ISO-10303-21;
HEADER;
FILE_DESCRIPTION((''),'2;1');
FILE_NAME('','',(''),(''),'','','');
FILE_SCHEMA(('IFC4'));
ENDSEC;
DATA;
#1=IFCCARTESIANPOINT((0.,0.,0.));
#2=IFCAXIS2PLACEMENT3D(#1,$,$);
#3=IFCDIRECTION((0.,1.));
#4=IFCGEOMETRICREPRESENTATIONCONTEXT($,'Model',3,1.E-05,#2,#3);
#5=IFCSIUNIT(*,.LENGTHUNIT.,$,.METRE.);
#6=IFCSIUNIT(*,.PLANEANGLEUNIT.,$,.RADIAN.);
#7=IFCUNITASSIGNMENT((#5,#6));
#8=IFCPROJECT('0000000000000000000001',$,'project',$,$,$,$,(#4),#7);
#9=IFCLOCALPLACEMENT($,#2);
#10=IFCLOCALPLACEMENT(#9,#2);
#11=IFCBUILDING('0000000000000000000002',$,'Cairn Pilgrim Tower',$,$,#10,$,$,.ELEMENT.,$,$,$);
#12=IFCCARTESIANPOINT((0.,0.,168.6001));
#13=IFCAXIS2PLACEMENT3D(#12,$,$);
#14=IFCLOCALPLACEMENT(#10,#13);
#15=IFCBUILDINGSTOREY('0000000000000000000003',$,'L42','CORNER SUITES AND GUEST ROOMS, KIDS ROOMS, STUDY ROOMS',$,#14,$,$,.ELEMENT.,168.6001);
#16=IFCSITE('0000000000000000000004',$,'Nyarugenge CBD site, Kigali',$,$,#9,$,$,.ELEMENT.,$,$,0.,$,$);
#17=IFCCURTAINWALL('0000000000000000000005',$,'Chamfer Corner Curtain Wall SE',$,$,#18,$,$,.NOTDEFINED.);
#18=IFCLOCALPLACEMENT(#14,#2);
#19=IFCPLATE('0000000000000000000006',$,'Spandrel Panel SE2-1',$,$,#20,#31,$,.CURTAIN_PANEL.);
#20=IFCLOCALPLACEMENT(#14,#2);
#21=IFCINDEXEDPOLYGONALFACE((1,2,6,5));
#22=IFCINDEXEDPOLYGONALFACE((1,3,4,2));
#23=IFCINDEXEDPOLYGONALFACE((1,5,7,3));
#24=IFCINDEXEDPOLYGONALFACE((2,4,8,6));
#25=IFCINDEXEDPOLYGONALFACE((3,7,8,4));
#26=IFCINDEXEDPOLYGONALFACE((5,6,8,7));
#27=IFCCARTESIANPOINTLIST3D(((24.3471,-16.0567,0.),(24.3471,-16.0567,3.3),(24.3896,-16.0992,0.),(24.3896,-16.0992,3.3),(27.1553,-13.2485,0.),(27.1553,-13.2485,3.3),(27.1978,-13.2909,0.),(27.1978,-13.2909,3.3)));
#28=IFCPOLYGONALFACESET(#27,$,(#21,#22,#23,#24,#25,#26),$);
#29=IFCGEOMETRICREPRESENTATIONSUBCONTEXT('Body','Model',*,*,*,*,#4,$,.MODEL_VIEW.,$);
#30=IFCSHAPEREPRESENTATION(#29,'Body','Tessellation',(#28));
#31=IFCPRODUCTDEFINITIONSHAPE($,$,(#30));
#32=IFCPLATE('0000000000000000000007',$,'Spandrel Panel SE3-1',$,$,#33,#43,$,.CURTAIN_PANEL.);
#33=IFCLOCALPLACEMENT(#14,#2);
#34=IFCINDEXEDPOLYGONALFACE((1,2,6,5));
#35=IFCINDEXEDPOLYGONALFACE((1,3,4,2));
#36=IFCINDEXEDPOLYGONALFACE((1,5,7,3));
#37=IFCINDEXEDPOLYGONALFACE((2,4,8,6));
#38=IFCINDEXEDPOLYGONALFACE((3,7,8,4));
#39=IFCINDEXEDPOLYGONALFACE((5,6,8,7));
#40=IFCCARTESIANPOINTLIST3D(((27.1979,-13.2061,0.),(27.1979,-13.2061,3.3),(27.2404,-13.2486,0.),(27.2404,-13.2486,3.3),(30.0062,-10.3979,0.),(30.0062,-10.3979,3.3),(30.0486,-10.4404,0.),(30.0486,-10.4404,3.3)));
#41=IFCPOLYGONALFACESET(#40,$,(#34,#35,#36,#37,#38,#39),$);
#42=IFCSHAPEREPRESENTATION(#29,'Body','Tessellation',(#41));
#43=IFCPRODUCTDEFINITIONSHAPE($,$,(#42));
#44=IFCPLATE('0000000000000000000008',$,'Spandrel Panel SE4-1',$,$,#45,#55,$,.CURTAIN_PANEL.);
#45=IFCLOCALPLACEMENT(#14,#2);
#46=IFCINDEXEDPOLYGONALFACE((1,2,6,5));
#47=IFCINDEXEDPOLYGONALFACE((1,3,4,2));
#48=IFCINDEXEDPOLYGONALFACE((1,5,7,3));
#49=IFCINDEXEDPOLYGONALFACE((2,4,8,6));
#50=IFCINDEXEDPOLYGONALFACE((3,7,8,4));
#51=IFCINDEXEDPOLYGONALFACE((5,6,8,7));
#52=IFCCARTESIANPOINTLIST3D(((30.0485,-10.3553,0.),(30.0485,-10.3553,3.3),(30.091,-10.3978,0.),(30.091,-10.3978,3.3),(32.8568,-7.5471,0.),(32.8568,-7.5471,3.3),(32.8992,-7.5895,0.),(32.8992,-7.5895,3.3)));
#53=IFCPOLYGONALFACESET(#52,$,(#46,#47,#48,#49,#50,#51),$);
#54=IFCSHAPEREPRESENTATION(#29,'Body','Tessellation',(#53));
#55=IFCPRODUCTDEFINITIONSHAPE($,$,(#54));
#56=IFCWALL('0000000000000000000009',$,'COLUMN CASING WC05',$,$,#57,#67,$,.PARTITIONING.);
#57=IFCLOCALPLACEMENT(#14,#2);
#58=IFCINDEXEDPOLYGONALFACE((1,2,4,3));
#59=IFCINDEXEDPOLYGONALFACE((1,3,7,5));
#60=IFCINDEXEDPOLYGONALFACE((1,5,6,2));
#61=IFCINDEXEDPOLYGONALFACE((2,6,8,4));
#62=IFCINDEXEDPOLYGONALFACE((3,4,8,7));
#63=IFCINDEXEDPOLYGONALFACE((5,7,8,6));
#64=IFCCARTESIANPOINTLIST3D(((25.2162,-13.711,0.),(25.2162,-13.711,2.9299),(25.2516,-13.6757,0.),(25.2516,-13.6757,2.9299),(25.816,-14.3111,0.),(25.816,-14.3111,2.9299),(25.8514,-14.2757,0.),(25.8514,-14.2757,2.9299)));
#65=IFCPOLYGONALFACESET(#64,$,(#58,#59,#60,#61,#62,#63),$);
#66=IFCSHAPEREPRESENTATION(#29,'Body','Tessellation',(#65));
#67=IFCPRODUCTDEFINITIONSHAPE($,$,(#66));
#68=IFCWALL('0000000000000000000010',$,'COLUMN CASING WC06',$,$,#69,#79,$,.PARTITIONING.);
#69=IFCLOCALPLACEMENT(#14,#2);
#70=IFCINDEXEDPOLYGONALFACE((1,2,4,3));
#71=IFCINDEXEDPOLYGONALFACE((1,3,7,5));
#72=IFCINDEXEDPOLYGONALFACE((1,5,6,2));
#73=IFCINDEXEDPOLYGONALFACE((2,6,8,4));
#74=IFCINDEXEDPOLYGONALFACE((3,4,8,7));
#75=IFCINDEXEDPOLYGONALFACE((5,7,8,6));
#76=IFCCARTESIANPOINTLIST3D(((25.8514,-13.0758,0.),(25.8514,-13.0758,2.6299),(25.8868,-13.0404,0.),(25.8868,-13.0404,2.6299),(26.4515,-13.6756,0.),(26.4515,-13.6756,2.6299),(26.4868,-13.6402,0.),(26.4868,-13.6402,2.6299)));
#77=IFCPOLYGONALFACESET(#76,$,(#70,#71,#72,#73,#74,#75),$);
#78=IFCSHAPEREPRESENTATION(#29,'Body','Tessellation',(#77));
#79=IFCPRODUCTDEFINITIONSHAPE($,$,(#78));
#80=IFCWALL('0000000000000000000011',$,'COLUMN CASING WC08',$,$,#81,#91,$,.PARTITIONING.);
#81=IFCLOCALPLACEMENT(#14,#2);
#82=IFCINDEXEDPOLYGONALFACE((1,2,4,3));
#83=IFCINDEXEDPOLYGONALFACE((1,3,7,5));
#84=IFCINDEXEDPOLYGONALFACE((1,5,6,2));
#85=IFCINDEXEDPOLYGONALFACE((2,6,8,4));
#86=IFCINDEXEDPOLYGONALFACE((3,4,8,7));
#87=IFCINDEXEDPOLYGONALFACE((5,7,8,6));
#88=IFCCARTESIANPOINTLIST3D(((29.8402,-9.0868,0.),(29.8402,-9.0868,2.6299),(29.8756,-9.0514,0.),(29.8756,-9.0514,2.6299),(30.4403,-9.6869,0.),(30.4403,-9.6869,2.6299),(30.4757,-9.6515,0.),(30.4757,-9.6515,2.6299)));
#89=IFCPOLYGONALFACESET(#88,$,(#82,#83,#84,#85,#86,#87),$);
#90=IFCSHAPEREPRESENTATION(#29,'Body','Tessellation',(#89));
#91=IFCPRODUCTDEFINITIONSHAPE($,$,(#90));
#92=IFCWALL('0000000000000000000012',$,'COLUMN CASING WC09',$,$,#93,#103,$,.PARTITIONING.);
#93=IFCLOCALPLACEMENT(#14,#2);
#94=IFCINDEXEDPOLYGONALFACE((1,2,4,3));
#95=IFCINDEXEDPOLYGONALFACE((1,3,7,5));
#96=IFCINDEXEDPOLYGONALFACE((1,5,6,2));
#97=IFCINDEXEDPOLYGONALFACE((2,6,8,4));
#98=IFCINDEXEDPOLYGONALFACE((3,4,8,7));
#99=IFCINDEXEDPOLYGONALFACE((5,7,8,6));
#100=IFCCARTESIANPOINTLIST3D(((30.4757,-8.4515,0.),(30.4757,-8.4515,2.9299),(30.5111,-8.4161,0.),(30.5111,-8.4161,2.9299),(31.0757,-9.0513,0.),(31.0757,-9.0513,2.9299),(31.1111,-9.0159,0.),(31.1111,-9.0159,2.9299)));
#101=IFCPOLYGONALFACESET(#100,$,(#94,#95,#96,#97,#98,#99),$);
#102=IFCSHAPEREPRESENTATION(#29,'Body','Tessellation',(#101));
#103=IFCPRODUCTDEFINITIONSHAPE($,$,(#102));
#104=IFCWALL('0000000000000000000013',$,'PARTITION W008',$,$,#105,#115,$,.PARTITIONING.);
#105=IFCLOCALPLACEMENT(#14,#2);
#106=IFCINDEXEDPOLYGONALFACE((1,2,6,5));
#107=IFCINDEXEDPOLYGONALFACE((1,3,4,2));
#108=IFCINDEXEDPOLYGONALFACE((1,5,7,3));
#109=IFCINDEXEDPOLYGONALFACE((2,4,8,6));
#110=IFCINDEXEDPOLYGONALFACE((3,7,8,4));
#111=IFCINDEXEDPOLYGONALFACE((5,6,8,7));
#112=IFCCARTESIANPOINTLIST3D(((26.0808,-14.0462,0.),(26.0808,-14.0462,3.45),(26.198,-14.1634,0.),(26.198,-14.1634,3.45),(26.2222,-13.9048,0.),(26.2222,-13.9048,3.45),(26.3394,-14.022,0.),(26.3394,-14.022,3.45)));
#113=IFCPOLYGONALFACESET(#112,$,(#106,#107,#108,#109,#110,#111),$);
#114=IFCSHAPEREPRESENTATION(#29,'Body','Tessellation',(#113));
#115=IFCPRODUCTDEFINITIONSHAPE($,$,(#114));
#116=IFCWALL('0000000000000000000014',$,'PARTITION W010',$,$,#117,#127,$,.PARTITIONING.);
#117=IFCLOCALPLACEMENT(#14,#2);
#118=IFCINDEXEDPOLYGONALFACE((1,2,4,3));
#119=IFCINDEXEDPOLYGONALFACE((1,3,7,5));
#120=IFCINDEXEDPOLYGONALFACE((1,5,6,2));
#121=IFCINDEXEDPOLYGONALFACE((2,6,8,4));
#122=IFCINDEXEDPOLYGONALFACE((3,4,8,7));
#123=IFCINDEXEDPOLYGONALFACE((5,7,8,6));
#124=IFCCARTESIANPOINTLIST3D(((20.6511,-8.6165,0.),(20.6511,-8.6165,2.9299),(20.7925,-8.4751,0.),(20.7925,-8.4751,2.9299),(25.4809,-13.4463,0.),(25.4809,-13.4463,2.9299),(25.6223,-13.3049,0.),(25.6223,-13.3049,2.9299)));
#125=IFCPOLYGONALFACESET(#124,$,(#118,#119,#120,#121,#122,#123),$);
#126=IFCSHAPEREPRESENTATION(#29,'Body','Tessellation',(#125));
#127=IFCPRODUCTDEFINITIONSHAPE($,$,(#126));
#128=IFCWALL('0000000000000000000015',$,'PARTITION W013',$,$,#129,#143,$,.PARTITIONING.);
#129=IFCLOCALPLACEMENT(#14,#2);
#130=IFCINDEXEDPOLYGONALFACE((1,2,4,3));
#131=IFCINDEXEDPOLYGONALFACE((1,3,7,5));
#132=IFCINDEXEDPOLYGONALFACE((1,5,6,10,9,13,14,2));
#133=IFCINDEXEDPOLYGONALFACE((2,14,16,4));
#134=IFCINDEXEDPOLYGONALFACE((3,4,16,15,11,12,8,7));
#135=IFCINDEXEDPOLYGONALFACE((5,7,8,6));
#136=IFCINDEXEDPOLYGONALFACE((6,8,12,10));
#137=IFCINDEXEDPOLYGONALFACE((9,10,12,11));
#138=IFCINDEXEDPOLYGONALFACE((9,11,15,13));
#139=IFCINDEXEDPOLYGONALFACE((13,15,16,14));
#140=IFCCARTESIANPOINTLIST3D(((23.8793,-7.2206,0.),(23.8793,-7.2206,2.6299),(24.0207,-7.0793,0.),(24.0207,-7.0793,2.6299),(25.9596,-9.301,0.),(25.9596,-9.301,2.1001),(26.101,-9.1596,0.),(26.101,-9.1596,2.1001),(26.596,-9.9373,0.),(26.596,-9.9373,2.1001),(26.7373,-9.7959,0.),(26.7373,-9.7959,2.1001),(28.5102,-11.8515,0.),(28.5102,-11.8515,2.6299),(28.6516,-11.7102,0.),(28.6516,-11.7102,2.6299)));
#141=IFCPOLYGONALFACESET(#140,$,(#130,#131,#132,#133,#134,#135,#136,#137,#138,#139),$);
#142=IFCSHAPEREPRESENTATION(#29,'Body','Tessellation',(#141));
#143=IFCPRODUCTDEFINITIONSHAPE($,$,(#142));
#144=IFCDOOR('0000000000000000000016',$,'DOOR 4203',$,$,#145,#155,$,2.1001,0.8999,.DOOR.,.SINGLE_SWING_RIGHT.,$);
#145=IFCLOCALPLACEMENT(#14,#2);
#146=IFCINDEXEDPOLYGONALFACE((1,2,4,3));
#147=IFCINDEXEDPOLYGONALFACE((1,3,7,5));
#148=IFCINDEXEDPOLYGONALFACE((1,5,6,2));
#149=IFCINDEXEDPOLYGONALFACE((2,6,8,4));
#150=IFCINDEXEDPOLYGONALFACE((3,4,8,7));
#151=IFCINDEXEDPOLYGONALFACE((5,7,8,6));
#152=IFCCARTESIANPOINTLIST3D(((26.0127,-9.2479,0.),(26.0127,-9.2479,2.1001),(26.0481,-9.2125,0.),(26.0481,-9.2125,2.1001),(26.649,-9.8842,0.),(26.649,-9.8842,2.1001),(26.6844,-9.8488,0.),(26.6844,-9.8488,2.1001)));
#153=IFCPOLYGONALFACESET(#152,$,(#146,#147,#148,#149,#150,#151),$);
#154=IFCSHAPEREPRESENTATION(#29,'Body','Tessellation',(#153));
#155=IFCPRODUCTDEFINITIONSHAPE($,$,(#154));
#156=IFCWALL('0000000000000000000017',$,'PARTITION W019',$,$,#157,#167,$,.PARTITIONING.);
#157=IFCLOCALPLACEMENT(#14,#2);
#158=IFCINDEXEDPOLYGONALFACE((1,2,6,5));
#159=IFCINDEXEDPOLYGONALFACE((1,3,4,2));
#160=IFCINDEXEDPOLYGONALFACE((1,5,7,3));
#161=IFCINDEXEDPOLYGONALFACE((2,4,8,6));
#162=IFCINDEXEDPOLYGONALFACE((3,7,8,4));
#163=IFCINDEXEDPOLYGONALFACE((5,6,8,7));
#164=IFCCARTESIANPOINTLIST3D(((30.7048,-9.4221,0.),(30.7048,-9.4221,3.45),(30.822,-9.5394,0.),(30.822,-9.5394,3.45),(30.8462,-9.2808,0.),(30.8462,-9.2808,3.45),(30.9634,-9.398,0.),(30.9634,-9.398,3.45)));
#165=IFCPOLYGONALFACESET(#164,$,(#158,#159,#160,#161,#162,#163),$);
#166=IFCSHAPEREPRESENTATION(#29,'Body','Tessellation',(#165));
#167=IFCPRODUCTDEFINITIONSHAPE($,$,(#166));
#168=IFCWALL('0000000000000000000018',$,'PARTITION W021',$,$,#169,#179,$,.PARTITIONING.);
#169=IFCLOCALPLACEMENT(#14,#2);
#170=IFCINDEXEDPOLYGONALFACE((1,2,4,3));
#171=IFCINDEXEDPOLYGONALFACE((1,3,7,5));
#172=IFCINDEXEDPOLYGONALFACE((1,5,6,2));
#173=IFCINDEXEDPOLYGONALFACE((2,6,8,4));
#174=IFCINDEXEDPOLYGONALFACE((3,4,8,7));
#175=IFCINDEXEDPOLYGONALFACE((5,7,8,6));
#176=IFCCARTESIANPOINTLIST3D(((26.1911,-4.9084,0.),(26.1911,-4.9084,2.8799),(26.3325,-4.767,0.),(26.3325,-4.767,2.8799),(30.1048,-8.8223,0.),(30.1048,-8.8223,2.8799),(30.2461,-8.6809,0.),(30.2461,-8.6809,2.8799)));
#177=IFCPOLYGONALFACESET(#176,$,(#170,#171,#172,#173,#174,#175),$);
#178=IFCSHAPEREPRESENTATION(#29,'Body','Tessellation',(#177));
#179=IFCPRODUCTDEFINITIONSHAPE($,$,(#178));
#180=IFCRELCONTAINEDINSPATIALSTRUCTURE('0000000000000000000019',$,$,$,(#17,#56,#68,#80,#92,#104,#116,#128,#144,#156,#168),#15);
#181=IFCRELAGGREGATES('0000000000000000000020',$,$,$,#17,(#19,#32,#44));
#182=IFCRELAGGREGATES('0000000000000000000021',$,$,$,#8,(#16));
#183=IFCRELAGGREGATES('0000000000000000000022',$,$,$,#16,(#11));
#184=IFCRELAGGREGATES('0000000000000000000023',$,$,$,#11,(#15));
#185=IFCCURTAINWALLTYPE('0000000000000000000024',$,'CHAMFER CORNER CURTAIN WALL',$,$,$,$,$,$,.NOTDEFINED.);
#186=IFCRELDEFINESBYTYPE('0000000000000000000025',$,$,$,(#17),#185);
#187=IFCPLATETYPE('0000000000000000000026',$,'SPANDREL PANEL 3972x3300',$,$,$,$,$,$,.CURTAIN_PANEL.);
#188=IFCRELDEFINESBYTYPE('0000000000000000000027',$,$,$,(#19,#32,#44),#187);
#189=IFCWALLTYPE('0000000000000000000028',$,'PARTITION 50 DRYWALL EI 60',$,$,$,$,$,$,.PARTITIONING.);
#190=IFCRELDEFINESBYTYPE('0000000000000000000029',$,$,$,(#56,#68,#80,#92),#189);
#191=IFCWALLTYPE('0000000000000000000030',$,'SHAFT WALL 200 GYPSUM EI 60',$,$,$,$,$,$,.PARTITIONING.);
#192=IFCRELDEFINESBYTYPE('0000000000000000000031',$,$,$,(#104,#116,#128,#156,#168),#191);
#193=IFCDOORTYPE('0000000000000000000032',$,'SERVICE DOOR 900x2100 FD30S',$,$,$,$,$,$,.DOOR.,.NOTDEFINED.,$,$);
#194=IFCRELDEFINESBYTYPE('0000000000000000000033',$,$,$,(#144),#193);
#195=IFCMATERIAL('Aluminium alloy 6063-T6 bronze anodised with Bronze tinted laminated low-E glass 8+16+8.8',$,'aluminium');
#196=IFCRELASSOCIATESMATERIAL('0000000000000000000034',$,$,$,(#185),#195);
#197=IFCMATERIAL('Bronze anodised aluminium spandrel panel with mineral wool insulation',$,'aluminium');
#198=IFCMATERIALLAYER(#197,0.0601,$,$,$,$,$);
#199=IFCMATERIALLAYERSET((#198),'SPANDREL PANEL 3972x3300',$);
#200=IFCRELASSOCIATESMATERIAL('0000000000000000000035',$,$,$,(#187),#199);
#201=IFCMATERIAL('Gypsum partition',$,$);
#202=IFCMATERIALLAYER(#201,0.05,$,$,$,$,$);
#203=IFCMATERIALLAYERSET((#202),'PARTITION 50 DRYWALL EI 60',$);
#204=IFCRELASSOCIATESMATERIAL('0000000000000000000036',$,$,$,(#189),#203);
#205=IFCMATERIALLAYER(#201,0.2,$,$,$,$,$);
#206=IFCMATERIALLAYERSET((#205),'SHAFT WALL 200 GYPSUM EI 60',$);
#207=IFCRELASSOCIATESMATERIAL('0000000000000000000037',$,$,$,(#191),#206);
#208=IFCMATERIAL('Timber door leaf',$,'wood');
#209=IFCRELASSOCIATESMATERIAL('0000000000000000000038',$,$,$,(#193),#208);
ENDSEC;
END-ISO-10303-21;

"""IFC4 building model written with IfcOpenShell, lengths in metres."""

from ifc_helpers import new_model, si_unit, direction, frame, frame_2d, origin, origin_2d, place, context, subcontext, project, spatial, rectangle, extrude, material, layer, layer_set, type_object, element, fill, aggregate, save


model = new_model("IFC4")

# Units and contexts
model_context = context("Model", 3, precision=1e-05, world=origin(), true_north=direction((0.0, 1.0)))
body_context = subcontext(model_context, "Body", "Model", "MODEL_VIEW")
ifc_project = project(units=[si_unit("LENGTHUNIT", "METRE"), si_unit("PLANEANGLEUNIT", "RADIAN")], contexts=[model_context])

# Site, building, storey
site_placement = place(None, origin())
site = spatial("IfcSite", under=ifc_project, at=site_placement, Name="Nyarugenge CBD site, Kigali", CompositionType="ELEMENT", RefElevation=0.0)
building_placement = place(site_placement, origin())
building = spatial("IfcBuilding", under=site, at=building_placement, Name="Cairn Pilgrim Tower", CompositionType="ELEMENT")
storey_placement = place(building_placement, frame((0.0, 0.0, 168.6001)))
storey = spatial("IfcBuildingStorey", under=building, at=storey_placement, Name="L42", Description="CORNER SUITES AND GUEST ROOMS, KIDS ROOMS, STUDY ROOMS", CompositionType="ELEMENT", Elevation=168.6001)

# Curtain wall
ifc_material_1 = material(Name="Aluminium alloy 6063-T6 bronze anodised with Bronze tinted laminated low-E glass 8+16+8.8", Category="aluminium")
curtain_wall_type = type_object("IfcCurtainWallType", Name="CHAMFER CORNER CURTAIN WALL", PredefinedType="NOTDEFINED", material=ifc_material_1)
curtain_wall_placement = place(storey_placement, origin())
curtain_wall = element("IfcCurtainWall", 1, at=curtain_wall_placement, inside=storey, type_object=curtain_wall_type, Name="Chamfer Corner Curtain Wall SE", PredefinedType="NOTDEFINED")

# Plates
ifc_material_2 = material(Name="Bronze anodised aluminium spandrel panel with mineral wool insulation", Category="aluminium")
ifc_layer_1 = layer(ifc_material_2, 0.0601)
ifc_layer_set_1 = layer_set([ifc_layer_1], Name="SPANDREL PANEL 3972x3300")
plate_type = type_object("IfcPlateType", Name="SPANDREL PANEL 3972x3300", PredefinedType="CURTAIN_PANEL", material=ifc_layer_set_1)
plate_1_placement = place(storey_placement, frame((25.7725, -14.6738, 0.0), z_axis=(0.0, 0.0, 1.0), x_axis=(0.707107, 0.707107, 0.0)))
plate_1 = element("IfcPlate", 2, at=plate_1_placement, type_object=plate_type, Name="Spandrel Panel SE2-1", PredefinedType="CURTAIN_PANEL", context=body_context, shape_type="SweptSolid", body=[
    extrude(rectangle(XDim=3.9714, YDim=0.0601, at=origin_2d()), origin(), (0.0, 0.0, 1.0), 3.3),
])
plate_2_placement = place(storey_placement, frame((28.6233, -11.8232, 0.0), z_axis=(0.0, 0.0, 1.0), x_axis=(0.707107, 0.707107, 0.0)))
plate_2 = element("IfcPlate", 3, at=plate_2_placement, type_object=plate_type, Name="Spandrel Panel SE3-1", PredefinedType="CURTAIN_PANEL", context=body_context, shape_type="SweptSolid", body=[
    extrude(rectangle(XDim=3.9714, YDim=0.0601, at=origin_2d()), origin(), (0.0, 0.0, 1.0), 3.3),
])
plate_3_placement = place(storey_placement, frame((31.4739, -8.9724, 0.0), z_axis=(0.0, 0.0, 1.0), x_axis=(0.707107, 0.707107, 0.0)))
plate_3 = element("IfcPlate", 4, at=plate_3_placement, type_object=plate_type, Name="Spandrel Panel SE4-1", PredefinedType="CURTAIN_PANEL", context=body_context, shape_type="SweptSolid", body=[
    extrude(rectangle(XDim=3.9714, YDim=0.0601, at=origin_2d()), origin(), (0.0, 0.0, 1.0), 3.3),
])
aggregate(curtain_wall, [plate_1, plate_2, plate_3])

# Walls
ifc_material_3 = material(Name="Gypsum partition")
ifc_layer_2 = layer(ifc_material_3, 0.05)
ifc_layer_set_2 = layer_set([ifc_layer_2], Name="PARTITION 50 DRYWALL EI 60")
wall_type_1 = type_object("IfcWallType", Name="PARTITION 50 DRYWALL EI 60", PredefinedType="PARTITIONING", material=ifc_layer_set_2)
wall_1_placement = place(storey_placement, frame((25.8337, -14.2935, 0.0), z_axis=(0.0, 0.0, 1.0), x_axis=(-0.706963, 0.707251, 0.0)))
element("IfcWall", 5, at=wall_1_placement, inside=storey, type_object=wall_type_1, Name="COLUMN CASING WC05", PredefinedType="PARTITIONING", context=body_context, shape_type="SweptSolid", body=[
    extrude(rectangle(XDim=0.8484, YDim=0.05, at=frame_2d((0.4243, 0.0))), origin(), (0.0, 0.0, 1.0), 2.9299),
])
wall_2_placement = place(storey_placement, frame((26.4692, -13.658, 0.0), z_axis=(0.0, 0.0, 1.0), x_axis=(-0.707251, 0.706963, 0.0)))
element("IfcWall", 6, at=wall_2_placement, inside=storey, type_object=wall_type_1, Name="COLUMN CASING WC06", PredefinedType="PARTITIONING", context=body_context, shape_type="SweptSolid", body=[
    extrude(rectangle(XDim=0.8484, YDim=0.05, at=frame_2d((0.4243, 0.0))), origin(), (0.0, 0.0, 1.0), 2.6299),
])
wall_3_placement = place(storey_placement, frame((30.458, -9.6692, 0.0), z_axis=(0.0, 0.0, 1.0), x_axis=(-0.707107, 0.707107, 0.0)))
element("IfcWall", 7, at=wall_3_placement, inside=storey, type_object=wall_type_1, Name="COLUMN CASING WC08", PredefinedType="PARTITIONING", context=body_context, shape_type="SweptSolid", body=[
    extrude(rectangle(XDim=0.8486, YDim=0.05, at=frame_2d((0.4243, 0.0))), origin(), (0.0, 0.0, 1.0), 2.6299),
])
wall_4_placement = place(storey_placement, frame((31.0935, -9.0337, 0.0), z_axis=(0.0, 0.0, 1.0), x_axis=(-0.707251, 0.706963, 0.0)))
element("IfcWall", 8, at=wall_4_placement, inside=storey, type_object=wall_type_1, Name="COLUMN CASING WC09", PredefinedType="PARTITIONING", context=body_context, shape_type="SweptSolid", body=[
    extrude(rectangle(XDim=0.8484, YDim=0.05, at=frame_2d((0.4243, 0.0))), origin(), (0.0, 0.0, 1.0), 2.9299),
])
ifc_layer_3 = layer(ifc_material_3, 0.2)
ifc_layer_set_3 = layer_set([ifc_layer_3], Name="SHAFT WALL 200 GYPSUM EI 60")
wall_type_2 = type_object("IfcWallType", Name="SHAFT WALL 200 GYPSUM EI 60", PredefinedType="PARTITIONING", material=ifc_layer_set_3)
wall_5_placement = place(storey_placement, frame((26.2688, -14.0928, 0.0), z_axis=(0.0, 0.0, 1.0), x_axis=(-0.707107, 0.707107, 0.0)))
element("IfcWall", 9, at=wall_5_placement, inside=storey, type_object=wall_type_2, Name="PARTITION W008", PredefinedType="PARTITIONING", context=body_context, shape_type="SweptSolid", body=[
    extrude(rectangle(XDim=0.1658, YDim=0.2, at=frame_2d((0.083, 0.0))), origin(), (0.0, 0.0, 1.0), 3.45),
])
wall_6_placement = place(storey_placement, frame((25.5515, -13.3755, 0.0), z_axis=(0.0, 0.0, 1.0), x_axis=(-0.707107, 0.707107, 0.0)))
element("IfcWall", 10, at=wall_6_placement, inside=storey, type_object=wall_type_2, Name="PARTITION W010", PredefinedType="PARTITIONING", context=body_context, shape_type="SweptSolid", body=[
    extrude(rectangle(XDim=6.8303, YDim=0.2, at=frame_2d((3.415, 0.0))), origin(), (0.0, 0.0, 1.0), 2.9299),
])

# Wall, opening, door
wall_7_placement = place(storey_placement, frame((28.5808, -11.7808, 0.0), z_axis=(0.0, 0.0, 1.0), x_axis=(-0.707107, 0.707107, 0.0)))
wall_7 = element("IfcWall", 11, at=wall_7_placement, inside=storey, type_object=wall_type_2, Name="PARTITION W013", PredefinedType="PARTITIONING", context=body_context, shape_type="SweptSolid", body=[
    extrude(rectangle(XDim=6.5491, YDim=0.2, at=frame_2d((3.2744, 0.0))), origin(), (0.0, 0.0, 1.0), 2.6299),
])
opening_1_placement = place(wall_7_placement, frame((2.707, 0.0, 0.0)))
opening_1 = element("IfcOpeningElement", 12, at=opening_1_placement, cuts=wall_7, PredefinedType="OPENING", context=body_context, shape_type="SweptSolid", body=[
    extrude(rectangle(XDim=0.8999, YDim=2.1001, at=frame_2d((0.45, 1.05))), frame((0.0, 0.1099, 0.0), z_axis=(0.0, -1.0, 0.0), x_axis=(1.0, 0.0, 0.0)), (0.0, 0.0, 1.0), 0.22),
])
ifc_material_4 = material(Name="Timber door leaf", Category="wood")
door_type_1 = type_object("IfcDoorType", Name="SERVICE DOOR 900x2100 FD30S", OperationType="NOTDEFINED", PredefinedType="DOOR", material=ifc_material_4)
door_1_placement = place(opening_1_placement, origin())
door_1 = element("IfcDoor", 13, at=door_1_placement, inside=storey, type_object=door_type_1, Name="DOOR 4203", OperationType="SINGLE_SWING_RIGHT", OverallHeight=2.1001, OverallWidth=0.8999, PredefinedType="DOOR", context=body_context, shape_type="SweptSolid", body=[
    extrude(rectangle(XDim=0.8999, YDim=2.1001, at=frame_2d((0.45, 1.05))), frame((0.0, 0.0249, 0.0), z_axis=(0.0, -1.0, 0.0), x_axis=(1.0, 0.0, 0.0)), (0.0, 0.0, 1.0), 0.05),
])
fill(opening_1, door_1)

# Walls
wall_8_placement = place(storey_placement, frame((30.8928, -9.4688, 0.0), z_axis=(0.0, 0.0, 1.0), x_axis=(-0.707107, 0.707107, 0.0)))
element("IfcWall", 14, at=wall_8_placement, inside=storey, type_object=wall_type_2, Name="PARTITION W019", PredefinedType="PARTITIONING", context=body_context, shape_type="SweptSolid", body=[
    extrude(rectangle(XDim=0.1658, YDim=0.2, at=frame_2d((0.083, 0.0))), origin(), (0.0, 0.0, 1.0), 3.45),
])
wall_9_placement = place(storey_placement, frame((30.1755, -8.7517, 0.0), z_axis=(0.0, 0.0, 1.0), x_axis=(-0.707085, 0.707129, 0.0)))
element("IfcWall", 15, at=wall_9_placement, inside=storey, type_object=wall_type_2, Name="PARTITION W021", PredefinedType="PARTITIONING", context=body_context, shape_type="SweptSolid", body=[
    extrude(rectangle(XDim=5.5349, YDim=0.2, at=frame_2d((2.7676, 0.0))), origin(), (0.0, 0.0, 1.0), 2.8799),
])

save(model, "model.ifc")
